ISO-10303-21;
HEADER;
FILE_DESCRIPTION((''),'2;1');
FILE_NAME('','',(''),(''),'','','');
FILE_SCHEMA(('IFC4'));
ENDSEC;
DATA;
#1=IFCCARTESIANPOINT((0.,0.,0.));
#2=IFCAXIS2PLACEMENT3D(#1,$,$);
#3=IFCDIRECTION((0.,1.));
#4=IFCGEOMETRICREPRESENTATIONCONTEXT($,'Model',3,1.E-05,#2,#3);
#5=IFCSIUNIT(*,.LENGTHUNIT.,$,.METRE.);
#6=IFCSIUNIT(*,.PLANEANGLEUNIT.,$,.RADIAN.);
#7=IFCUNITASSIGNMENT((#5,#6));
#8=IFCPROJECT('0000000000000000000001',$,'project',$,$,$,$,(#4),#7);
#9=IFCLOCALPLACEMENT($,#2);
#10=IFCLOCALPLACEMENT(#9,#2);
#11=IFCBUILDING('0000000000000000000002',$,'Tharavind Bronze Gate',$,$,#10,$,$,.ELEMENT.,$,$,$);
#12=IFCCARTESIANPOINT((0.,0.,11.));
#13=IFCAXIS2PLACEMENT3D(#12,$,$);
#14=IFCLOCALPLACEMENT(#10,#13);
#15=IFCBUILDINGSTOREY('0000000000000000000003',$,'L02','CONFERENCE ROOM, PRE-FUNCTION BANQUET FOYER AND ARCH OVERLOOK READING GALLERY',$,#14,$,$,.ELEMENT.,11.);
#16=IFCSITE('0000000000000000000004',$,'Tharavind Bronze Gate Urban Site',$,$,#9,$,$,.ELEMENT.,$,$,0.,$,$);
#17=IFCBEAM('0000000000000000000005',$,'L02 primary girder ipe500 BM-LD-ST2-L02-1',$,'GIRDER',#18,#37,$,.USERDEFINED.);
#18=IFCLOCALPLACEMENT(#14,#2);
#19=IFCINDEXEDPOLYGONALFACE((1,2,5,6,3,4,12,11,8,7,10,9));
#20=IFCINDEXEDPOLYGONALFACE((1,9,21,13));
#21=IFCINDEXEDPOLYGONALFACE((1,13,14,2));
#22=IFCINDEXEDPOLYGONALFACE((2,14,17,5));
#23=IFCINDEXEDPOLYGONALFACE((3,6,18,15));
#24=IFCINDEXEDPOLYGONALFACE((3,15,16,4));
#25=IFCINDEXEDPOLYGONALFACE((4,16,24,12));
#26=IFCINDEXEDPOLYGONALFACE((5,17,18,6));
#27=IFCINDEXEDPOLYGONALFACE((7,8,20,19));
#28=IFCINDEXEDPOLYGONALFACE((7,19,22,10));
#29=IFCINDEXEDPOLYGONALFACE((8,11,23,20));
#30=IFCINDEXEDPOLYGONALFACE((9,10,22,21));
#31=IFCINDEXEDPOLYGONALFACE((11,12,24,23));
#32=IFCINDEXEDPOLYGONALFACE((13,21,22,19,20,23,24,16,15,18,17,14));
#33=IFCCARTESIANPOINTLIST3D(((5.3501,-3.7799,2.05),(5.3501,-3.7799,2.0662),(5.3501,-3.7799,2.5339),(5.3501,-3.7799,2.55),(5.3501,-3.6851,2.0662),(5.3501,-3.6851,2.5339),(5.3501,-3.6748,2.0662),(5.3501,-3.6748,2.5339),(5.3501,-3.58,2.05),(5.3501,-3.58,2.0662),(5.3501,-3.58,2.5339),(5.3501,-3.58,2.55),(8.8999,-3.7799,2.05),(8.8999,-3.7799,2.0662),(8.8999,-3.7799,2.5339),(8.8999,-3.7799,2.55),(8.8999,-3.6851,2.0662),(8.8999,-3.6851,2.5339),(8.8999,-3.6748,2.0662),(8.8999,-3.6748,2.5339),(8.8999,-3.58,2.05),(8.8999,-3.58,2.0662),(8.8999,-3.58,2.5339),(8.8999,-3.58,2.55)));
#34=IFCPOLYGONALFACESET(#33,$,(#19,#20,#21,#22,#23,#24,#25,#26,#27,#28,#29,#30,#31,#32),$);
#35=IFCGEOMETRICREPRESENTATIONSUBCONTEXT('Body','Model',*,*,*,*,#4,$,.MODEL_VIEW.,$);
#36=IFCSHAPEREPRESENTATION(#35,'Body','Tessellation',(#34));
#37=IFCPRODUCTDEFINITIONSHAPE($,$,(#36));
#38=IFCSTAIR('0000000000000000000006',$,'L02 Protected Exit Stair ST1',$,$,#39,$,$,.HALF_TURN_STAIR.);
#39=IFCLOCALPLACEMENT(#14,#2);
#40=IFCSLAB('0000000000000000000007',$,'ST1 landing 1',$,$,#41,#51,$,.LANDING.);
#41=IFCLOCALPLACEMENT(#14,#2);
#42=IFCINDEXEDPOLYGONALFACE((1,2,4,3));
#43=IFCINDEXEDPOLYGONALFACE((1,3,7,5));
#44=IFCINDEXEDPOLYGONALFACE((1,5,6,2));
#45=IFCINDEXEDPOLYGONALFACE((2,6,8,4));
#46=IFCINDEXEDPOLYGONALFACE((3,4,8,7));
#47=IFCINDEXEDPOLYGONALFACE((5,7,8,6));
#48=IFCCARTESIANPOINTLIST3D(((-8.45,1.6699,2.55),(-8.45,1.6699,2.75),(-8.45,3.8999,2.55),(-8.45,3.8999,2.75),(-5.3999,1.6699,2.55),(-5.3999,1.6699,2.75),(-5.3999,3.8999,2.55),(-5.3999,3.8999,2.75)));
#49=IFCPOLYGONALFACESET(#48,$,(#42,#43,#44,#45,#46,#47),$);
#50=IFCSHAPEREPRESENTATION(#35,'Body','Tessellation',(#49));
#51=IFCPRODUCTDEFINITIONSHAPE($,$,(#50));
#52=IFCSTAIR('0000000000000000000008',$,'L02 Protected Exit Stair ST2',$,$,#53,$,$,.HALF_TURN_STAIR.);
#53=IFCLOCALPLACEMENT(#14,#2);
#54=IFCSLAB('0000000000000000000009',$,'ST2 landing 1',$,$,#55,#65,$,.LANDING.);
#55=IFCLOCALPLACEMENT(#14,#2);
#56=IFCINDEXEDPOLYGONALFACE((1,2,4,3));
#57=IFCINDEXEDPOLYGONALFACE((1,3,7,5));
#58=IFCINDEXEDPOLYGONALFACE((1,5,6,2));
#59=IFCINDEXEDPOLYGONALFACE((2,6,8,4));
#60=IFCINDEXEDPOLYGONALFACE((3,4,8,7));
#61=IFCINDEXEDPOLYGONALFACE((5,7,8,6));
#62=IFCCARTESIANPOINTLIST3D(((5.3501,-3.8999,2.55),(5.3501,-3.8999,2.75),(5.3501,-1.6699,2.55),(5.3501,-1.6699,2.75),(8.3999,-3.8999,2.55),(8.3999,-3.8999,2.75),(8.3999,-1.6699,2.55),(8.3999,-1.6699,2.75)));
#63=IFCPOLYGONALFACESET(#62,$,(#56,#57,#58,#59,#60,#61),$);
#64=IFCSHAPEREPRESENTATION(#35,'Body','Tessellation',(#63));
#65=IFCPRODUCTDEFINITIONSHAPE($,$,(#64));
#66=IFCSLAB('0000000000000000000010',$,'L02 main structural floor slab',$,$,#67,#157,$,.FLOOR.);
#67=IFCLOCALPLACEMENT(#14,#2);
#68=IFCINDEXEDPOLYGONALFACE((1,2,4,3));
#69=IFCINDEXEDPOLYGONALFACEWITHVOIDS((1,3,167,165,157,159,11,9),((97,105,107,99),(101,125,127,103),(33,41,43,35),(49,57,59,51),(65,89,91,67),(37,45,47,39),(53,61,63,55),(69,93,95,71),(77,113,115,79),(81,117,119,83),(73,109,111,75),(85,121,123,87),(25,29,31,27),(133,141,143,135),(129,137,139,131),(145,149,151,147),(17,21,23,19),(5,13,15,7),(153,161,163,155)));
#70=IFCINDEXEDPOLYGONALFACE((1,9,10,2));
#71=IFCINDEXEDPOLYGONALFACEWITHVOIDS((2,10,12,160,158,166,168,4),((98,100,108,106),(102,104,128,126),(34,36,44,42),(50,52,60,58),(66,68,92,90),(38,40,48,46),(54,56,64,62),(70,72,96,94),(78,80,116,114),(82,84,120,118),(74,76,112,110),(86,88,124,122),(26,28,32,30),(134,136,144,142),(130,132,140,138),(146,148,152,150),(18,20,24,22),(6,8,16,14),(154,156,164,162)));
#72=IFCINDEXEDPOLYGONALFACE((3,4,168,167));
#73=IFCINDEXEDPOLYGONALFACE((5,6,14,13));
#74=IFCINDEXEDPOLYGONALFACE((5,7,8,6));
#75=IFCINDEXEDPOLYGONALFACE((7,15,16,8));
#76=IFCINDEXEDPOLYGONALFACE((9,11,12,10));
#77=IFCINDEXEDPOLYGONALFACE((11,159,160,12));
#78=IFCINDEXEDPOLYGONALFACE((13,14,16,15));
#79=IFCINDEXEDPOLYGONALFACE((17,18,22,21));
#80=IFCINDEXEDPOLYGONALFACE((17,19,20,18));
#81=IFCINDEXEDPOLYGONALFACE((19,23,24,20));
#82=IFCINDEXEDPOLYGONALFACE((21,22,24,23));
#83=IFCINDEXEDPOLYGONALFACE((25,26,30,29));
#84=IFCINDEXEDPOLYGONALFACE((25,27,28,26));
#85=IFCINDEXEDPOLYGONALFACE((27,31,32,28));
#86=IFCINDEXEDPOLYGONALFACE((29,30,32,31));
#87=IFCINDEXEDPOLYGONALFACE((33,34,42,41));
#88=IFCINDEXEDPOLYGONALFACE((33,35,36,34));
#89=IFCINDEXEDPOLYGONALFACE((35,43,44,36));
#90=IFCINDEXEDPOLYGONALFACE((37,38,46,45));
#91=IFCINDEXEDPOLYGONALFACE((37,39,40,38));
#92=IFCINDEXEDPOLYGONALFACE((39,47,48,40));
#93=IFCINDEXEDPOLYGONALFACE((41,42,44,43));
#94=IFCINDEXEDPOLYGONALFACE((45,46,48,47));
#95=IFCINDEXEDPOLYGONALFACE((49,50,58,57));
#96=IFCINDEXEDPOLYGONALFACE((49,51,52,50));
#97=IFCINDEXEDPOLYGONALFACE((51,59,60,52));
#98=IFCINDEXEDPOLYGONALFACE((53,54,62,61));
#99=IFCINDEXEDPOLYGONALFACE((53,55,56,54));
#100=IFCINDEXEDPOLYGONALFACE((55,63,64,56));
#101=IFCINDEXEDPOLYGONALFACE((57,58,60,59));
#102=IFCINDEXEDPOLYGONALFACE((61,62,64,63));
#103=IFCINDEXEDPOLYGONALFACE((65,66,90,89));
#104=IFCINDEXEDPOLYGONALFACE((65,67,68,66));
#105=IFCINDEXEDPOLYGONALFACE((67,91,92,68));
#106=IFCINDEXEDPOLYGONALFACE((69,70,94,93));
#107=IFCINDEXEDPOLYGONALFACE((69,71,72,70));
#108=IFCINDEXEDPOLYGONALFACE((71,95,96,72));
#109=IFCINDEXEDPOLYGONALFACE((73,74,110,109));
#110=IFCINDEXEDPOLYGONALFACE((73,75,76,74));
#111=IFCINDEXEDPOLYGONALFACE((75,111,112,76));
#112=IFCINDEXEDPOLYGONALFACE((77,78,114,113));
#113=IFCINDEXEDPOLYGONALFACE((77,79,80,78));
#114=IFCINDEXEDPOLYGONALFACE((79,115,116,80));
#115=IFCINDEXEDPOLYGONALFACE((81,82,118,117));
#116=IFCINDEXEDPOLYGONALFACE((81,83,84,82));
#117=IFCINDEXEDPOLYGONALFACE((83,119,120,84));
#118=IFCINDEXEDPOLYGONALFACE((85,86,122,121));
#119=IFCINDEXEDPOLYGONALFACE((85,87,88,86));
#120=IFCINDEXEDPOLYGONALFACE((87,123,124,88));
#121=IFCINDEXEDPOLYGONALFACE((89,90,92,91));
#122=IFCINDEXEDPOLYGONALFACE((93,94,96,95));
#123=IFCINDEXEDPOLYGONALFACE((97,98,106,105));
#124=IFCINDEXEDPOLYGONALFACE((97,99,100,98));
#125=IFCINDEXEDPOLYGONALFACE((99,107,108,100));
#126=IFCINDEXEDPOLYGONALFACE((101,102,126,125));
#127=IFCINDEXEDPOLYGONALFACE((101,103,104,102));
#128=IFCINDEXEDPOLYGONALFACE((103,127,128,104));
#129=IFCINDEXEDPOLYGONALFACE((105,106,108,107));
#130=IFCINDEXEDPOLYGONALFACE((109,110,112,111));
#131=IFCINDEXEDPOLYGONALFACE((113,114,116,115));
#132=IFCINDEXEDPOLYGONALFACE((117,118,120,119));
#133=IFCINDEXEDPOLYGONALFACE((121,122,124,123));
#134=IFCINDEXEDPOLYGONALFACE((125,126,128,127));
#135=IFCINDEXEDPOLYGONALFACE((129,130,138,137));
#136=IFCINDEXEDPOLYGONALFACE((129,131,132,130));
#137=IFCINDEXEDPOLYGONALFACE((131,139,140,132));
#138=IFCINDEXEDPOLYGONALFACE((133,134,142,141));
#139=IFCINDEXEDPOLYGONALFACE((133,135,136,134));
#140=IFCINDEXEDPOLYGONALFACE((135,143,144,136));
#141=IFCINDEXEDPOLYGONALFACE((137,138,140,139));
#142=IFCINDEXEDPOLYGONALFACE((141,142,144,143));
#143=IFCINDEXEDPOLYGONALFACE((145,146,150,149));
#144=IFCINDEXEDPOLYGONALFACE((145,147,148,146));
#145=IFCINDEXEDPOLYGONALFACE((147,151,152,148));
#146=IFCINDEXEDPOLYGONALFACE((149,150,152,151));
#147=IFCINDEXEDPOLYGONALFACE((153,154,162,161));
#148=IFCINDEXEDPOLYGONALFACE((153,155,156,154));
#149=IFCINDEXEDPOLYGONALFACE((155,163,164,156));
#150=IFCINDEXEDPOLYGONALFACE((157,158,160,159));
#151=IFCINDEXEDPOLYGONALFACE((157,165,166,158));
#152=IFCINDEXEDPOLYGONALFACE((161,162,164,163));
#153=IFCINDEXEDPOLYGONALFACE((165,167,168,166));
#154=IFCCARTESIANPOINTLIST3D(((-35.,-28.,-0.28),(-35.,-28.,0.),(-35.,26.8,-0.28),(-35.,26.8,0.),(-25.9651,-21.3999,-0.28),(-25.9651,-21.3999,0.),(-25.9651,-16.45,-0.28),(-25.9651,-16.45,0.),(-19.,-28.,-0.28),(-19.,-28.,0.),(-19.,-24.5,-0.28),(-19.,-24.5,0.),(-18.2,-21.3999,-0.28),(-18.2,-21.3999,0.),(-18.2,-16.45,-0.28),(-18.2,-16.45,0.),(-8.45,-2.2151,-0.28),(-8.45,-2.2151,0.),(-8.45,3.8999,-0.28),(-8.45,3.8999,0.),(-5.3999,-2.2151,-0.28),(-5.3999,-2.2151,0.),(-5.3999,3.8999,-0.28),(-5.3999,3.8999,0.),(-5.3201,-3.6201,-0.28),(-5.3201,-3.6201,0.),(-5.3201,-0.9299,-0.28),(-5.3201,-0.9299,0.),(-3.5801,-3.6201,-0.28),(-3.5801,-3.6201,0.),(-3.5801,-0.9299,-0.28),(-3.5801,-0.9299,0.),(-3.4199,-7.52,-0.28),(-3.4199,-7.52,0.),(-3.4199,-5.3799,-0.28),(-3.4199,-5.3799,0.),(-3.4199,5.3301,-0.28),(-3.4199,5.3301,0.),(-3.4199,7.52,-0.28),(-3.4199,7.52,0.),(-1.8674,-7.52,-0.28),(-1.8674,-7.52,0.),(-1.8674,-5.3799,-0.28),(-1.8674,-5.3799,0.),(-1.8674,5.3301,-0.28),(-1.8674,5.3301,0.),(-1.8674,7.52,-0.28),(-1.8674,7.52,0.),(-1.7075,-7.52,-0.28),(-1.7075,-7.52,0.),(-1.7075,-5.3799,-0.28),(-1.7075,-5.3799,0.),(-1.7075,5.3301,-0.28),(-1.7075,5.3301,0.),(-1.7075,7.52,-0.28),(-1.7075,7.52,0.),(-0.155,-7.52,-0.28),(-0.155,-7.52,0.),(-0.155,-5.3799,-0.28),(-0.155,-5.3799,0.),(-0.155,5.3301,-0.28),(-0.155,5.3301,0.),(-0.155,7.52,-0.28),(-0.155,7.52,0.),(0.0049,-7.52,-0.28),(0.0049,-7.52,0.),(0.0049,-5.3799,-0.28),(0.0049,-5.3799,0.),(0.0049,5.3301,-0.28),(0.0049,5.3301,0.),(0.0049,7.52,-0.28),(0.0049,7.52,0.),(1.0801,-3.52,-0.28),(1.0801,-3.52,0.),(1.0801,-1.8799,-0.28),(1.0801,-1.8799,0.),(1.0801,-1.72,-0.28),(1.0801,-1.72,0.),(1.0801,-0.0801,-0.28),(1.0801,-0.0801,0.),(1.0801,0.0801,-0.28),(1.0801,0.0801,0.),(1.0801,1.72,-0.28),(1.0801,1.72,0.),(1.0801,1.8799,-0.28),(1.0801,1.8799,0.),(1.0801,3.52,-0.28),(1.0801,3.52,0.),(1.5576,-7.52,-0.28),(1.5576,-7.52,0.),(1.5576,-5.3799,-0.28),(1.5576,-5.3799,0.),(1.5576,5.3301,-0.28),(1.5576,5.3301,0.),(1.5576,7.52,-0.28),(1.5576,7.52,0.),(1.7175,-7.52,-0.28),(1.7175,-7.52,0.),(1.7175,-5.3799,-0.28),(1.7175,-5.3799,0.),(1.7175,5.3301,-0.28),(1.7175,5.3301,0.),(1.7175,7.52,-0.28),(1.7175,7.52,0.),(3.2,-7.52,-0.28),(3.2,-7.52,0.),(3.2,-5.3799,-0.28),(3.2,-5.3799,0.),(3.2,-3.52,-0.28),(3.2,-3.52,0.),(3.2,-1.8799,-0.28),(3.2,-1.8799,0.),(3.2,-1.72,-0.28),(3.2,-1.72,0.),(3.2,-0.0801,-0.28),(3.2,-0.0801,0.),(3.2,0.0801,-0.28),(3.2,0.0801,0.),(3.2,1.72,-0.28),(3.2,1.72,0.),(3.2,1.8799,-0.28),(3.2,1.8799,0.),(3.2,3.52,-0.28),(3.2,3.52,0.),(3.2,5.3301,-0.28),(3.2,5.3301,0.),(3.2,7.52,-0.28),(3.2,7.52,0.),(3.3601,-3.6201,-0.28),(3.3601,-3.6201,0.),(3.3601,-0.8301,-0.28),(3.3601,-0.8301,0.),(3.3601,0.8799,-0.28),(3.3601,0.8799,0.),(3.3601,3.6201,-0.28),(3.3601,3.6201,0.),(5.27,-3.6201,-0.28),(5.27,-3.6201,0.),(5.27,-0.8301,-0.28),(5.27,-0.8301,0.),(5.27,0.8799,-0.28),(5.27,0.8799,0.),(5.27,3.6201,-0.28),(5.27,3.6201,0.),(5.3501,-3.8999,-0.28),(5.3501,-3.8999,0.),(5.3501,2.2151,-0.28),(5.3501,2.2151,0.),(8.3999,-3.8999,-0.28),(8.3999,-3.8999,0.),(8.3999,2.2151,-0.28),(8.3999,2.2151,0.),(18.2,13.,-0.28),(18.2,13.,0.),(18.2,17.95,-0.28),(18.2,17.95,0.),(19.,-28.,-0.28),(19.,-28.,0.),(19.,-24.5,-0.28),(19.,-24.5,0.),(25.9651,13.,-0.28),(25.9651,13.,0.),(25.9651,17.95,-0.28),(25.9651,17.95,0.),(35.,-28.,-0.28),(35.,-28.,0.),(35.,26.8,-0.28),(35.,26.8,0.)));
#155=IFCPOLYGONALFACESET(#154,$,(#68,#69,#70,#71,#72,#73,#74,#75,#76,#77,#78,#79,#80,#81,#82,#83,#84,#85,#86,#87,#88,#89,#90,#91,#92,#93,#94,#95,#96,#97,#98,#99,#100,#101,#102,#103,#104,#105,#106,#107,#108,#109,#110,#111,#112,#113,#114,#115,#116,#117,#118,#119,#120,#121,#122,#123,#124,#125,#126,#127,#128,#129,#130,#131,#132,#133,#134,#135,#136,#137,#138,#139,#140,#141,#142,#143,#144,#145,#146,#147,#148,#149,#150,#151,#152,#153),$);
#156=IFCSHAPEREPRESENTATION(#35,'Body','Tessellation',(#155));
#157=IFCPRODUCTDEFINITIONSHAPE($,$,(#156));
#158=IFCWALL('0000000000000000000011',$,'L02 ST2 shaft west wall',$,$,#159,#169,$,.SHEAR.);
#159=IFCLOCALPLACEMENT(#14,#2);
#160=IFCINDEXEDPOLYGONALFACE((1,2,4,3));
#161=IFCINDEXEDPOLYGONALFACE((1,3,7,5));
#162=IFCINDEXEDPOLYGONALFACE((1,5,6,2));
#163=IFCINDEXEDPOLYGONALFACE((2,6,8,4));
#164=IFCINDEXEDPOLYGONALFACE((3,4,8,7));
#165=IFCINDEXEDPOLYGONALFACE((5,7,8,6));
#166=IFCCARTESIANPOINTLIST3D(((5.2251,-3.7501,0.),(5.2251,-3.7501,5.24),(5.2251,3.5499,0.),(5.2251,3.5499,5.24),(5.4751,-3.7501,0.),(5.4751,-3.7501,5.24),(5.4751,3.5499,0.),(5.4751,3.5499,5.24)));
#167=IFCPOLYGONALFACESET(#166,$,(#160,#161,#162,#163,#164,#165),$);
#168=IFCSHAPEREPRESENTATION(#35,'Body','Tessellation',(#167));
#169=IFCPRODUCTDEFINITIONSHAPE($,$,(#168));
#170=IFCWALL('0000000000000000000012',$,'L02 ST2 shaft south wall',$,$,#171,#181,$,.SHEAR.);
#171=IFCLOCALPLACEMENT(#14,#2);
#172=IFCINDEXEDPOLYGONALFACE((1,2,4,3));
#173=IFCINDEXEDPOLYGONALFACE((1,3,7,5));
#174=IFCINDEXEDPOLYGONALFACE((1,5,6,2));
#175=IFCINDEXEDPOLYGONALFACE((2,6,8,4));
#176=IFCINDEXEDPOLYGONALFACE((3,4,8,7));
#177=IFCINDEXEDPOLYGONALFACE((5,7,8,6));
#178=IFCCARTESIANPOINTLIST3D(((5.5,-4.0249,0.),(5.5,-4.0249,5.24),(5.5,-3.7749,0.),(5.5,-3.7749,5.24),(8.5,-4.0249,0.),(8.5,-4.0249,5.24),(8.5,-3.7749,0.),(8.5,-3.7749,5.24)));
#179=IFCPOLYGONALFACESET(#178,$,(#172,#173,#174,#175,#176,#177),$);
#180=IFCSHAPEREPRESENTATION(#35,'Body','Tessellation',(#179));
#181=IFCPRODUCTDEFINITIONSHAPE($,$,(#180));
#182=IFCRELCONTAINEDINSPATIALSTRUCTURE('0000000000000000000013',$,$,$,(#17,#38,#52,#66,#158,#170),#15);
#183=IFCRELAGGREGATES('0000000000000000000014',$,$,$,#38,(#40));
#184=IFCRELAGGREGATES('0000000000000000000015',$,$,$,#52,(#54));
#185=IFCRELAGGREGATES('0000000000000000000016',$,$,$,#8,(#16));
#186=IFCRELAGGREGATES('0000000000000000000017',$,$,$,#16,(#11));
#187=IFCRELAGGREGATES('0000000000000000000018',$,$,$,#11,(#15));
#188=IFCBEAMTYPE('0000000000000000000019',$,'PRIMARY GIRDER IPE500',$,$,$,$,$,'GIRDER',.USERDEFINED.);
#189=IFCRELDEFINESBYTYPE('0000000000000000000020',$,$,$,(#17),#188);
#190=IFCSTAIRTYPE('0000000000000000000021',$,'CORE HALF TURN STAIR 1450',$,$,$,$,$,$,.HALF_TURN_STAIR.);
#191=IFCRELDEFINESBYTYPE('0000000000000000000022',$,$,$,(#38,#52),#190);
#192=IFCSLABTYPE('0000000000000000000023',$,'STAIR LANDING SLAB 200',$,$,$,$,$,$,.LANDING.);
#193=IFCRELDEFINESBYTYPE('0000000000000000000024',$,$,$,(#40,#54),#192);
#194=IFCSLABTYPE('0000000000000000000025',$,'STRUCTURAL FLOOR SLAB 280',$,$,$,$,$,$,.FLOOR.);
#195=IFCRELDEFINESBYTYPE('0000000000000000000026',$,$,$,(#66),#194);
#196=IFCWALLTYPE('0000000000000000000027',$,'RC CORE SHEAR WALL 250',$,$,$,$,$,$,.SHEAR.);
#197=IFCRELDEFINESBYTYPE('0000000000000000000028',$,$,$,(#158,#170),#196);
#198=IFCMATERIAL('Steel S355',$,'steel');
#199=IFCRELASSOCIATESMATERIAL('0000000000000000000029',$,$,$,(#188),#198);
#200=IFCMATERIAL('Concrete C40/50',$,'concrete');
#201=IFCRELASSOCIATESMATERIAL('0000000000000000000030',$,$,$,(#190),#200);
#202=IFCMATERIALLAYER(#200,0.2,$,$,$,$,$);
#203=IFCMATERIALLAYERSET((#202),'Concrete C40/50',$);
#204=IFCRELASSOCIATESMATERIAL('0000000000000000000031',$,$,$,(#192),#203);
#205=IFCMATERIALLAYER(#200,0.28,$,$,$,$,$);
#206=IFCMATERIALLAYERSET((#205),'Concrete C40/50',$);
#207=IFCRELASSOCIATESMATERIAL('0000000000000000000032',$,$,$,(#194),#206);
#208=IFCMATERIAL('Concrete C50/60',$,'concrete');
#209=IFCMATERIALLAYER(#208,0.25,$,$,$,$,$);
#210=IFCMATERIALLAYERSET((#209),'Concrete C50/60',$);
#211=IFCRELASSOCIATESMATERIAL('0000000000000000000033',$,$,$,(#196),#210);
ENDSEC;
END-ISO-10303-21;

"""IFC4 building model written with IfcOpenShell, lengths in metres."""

from ifc_helpers import new_model, si_unit, direction, frame, frame_2d, origin, origin_2d, place, context, subcontext, project, spatial, polyline, rectangle, i_section, outline, extrude, material, layer, layer_set, material_profile, profile_set, type_object, element, aggregate, save


model = new_model("IFC4")

# Units and contexts
model_context = context("Model", 3, precision=1e-05, world=origin(), true_north=direction((0.0, 1.0)))
body_context = subcontext(model_context, "Body", "Model", "MODEL_VIEW")
ifc_project = project(units=[si_unit("LENGTHUNIT", "METRE"), si_unit("PLANEANGLEUNIT", "RADIAN")], contexts=[model_context])

# Site, building, storey
site_placement = place(None, origin())
site = spatial("IfcSite", under=ifc_project, at=site_placement, Name="Tharavind Bronze Gate Urban Site", CompositionType="ELEMENT", RefElevation=0.0)
building_placement = place(site_placement, origin())
building = spatial("IfcBuilding", under=site, at=building_placement, Name="Tharavind Bronze Gate", CompositionType="ELEMENT")
storey_placement = place(building_placement, frame((0.0, 0.0, 11.0)))
storey = spatial("IfcBuildingStorey", under=building, at=storey_placement, Name="L02", Description="CONFERENCE ROOM, PRE-FUNCTION BANQUET FOYER AND ARCH OVERLOOK READING GALLERY", CompositionType="ELEMENT", Elevation=11.0)

# Beam
ifc_material_1 = material(Name="Steel S355", Category="steel")
ifc_material_profile = material_profile(ifc_material_1, i_section(OverallWidth=0.2, OverallDepth=0.5, WebThickness=0.0103, FlangeThickness=0.0161, at=origin_2d()), Name="IPE500")
ifc_profile_set = profile_set([ifc_material_profile], Name="Steel S355")
beam_type = type_object("IfcBeamType", Name="PRIMARY GIRDER IPE500", ElementType="GIRDER", PredefinedType="USERDEFINED", material=ifc_profile_set)
beam_placement = place(storey_placement, frame((5.3501, -3.6799, 2.3), z_axis=(1.0, 0.0, 0.0), x_axis=(0.0, 1.0, 0.0)))
element("IfcBeam", 1, at=beam_placement, inside=storey, type_object=beam_type, Name="L02 primary girder ipe500 BM-LD-ST2-L02-1", ObjectType="GIRDER", PredefinedType="USERDEFINED", context=body_context, shape_type="SweptSolid", body=[
    extrude(i_section(OverallWidth=0.2, OverallDepth=0.5, WebThickness=0.0103, FlangeThickness=0.0161, at=origin_2d()), origin(), (0.0, 0.0, 1.0), 3.5498),
])

# Stairs, slabs
ifc_material_2 = material(Name="Concrete C40/50", Category="concrete")
stair_type = type_object("IfcStairType", Name="CORE HALF TURN STAIR 1450", PredefinedType="HALF_TURN_STAIR", material=ifc_material_2)
stair_1_placement = place(storey_placement, origin())
stair_1 = element("IfcStair", 2, at=stair_1_placement, inside=storey, type_object=stair_type, Name="L02 Protected Exit Stair ST1", PredefinedType="HALF_TURN_STAIR")
ifc_layer_1 = layer(ifc_material_2, 0.2)
ifc_layer_set_1 = layer_set([ifc_layer_1], Name="Concrete C40/50")
slab_type_1 = type_object("IfcSlabType", Name="STAIR LANDING SLAB 200", PredefinedType="LANDING", material=ifc_layer_set_1)
slab_1_placement = place(storey_placement, frame((0.0, 0.0, 2.55)))
slab_1 = element("IfcSlab", 3, at=slab_1_placement, type_object=slab_type_1, Name="ST1 landing 1", PredefinedType="LANDING", context=body_context, shape_type="SweptSolid", body=[
    extrude(outline(polyline([(-5.3999, 1.6699), (-5.3999, 3.8999), (-8.45, 3.8999), (-8.45, 1.6699), (-5.3999, 1.6699)])), origin(), (0.0, 0.0, 1.0), 0.2),
])
aggregate(stair_1, [slab_1])
stair_2_placement = place(storey_placement, origin())
stair_2 = element("IfcStair", 4, at=stair_2_placement, inside=storey, type_object=stair_type, Name="L02 Protected Exit Stair ST2", PredefinedType="HALF_TURN_STAIR")
slab_2_placement = place(storey_placement, frame((0.0, 0.0, 2.55)))
slab_2 = element("IfcSlab", 5, at=slab_2_placement, type_object=slab_type_1, Name="ST2 landing 1", PredefinedType="LANDING", context=body_context, shape_type="SweptSolid", body=[
    extrude(outline(polyline([(5.3501, -1.6699), (5.3501, -3.8999), (8.3999, -3.8999), (8.3999, -1.6699), (5.3501, -1.6699)])), origin(), (0.0, 0.0, 1.0), 0.2),
])

# Slab
ifc_layer_2 = layer(ifc_material_2, 0.28)
ifc_layer_set_2 = layer_set([ifc_layer_2], Name="Concrete C40/50")
slab_type_2 = type_object("IfcSlabType", Name="STRUCTURAL FLOOR SLAB 280", PredefinedType="FLOOR", material=ifc_layer_set_2)
slab_3_placement = place(storey_placement, frame((0.0, 0.0, -0.28)))
element("IfcSlab", 6, at=slab_3_placement, inside=storey, type_object=slab_type_2, Name="L02 main structural floor slab", PredefinedType="FLOOR", context=body_context, shape_type="SweptSolid", body=[
    extrude(outline(polyline([(-35.0, -28.0), (-19.0, -28.0), (-19.0, -24.5), (19.0, -24.5), (19.0, -28.0), (35.0, -28.0), (35.0, 26.8), (-35.0, 26.8), (-35.0, -28.0)]), holes=[polyline([(-5.3999, -2.2151), (-5.3999, 3.8999), (-8.45, 3.8999), (-8.45, -2.2151), (-5.3999, -2.2151)]), polyline([(5.3501, 2.2151), (5.3501, -3.8999), (8.3999, -3.8999), (8.3999, 2.2151), (5.3501, 2.2151)]), polyline([(-25.9651, -21.3999), (-18.2, -21.3999), (-18.2, -16.45), (-25.9651, -16.45), (-25.9651, -21.3999)]), polyline([(25.9651, 17.95), (18.2, 17.95), (18.2, 13.0), (25.9651, 13.0), (25.9651, 17.95)]), polyline([(-3.4199, -7.52), (-1.8674, -7.52), (-1.8674, -5.3799), (-3.4199, -5.3799), (-3.4199, -7.52)]), polyline([(-1.7075, -7.52), (-0.155, -7.52), (-0.155, -5.3799), (-1.7075, -5.3799), (-1.7075, -7.52)]), polyline([(0.0049, -7.52), (1.5576, -7.52), (1.5576, -5.3799), (0.0049, -5.3799), (0.0049, -7.52)]), polyline([(1.7175, -7.52), (3.2, -7.52), (3.2, -5.3799), (1.7175, -5.3799), (1.7175, -7.52)]), polyline([(-3.4199, 5.3301), (-1.8674, 5.3301), (-1.8674, 7.52), (-3.4199, 7.52), (-3.4199, 5.3301)]), polyline([(-1.7075, 5.3301), (-0.155, 5.3301), (-0.155, 7.52), (-1.7075, 7.52), (-1.7075, 5.3301)]), polyline([(0.0049, 5.3301), (1.5576, 5.3301), (1.5576, 7.52), (0.0049, 7.52), (0.0049, 5.3301)]), polyline([(1.7175, 5.3301), (3.2, 5.3301), (3.2, 7.52), (1.7175, 7.52), (1.7175, 5.3301)]), polyline([(1.0801, -3.52), (3.2, -3.52), (3.2, -1.8799), (1.0801, -1.8799), (1.0801, -3.52)]), polyline([(1.0801, -1.72), (3.2, -1.72), (3.2, -0.0801), (1.0801, -0.0801), (1.0801, -1.72)]), polyline([(1.0801, 0.0801), (3.2, 0.0801), (3.2, 1.72), (1.0801, 1.72), (1.0801, 0.0801)]), polyline([(1.0801, 1.8799), (3.2, 1.8799), (3.2, 3.52), (1.0801, 3.52), (1.0801, 1.8799)]), polyline([(-5.3201, -3.6201), (-3.5801, -3.6201), (-3.5801, -0.9299), (-5.3201, -0.9299), (-5.3201, -3.6201)]), polyline([(3.3601, 0.8799), (5.27, 0.8799), (5.27, 3.6201), (3.3601, 3.6201), (3.3601, 0.8799)]), polyline([(3.3601, -3.6201), (5.27, -3.6201), (5.27, -0.8301), (3.3601, -0.8301), (3.3601, -3.6201)])]), origin(), (0.0, 0.0, 1.0), 0.28),
])

# Walls
ifc_material_3 = material(Name="Concrete C50/60", Category="concrete")
ifc_layer_3 = layer(ifc_material_3, 0.25)
ifc_layer_set_3 = layer_set([ifc_layer_3], Name="Concrete C50/60")
wall_type_1 = type_object("IfcWallType", Name="RC CORE SHEAR WALL 250", PredefinedType="SHEAR", material=ifc_layer_set_3)
wall_1_placement = place(storey_placement, frame((5.3501, -3.75, 0.0), z_axis=(0.0, 0.0, 1.0), x_axis=(0.0, 1.0, 0.0)))
element("IfcWall", 7, at=wall_1_placement, inside=storey, type_object=wall_type_1, Name="L02 ST2 shaft west wall", PredefinedType="SHEAR", context=body_context, shape_type="SweptSolid", body=[
    extrude(rectangle(XDim=7.3, YDim=0.25, at=frame_2d((3.6499, 0.0))), origin(), (0.0, 0.0, 1.0), 5.24),
])
wall_2_placement = place(storey_placement, frame((5.5, -3.8999, 0.0), z_axis=(0.0, 0.0, 1.0), x_axis=(1.0, 0.0, 0.0)))
element("IfcWall", 8, at=wall_2_placement, inside=storey, type_object=wall_type_1, Name="L02 ST2 shaft south wall", PredefinedType="SHEAR", context=body_context, shape_type="SweptSolid", body=[
    extrude(rectangle(XDim=3.0, YDim=0.25, at=frame_2d((1.5, 0.0))), origin(), (0.0, 0.0, 1.0), 5.24),
])

aggregate(stair_2, [slab_2])

save(model, "model.ifc")
